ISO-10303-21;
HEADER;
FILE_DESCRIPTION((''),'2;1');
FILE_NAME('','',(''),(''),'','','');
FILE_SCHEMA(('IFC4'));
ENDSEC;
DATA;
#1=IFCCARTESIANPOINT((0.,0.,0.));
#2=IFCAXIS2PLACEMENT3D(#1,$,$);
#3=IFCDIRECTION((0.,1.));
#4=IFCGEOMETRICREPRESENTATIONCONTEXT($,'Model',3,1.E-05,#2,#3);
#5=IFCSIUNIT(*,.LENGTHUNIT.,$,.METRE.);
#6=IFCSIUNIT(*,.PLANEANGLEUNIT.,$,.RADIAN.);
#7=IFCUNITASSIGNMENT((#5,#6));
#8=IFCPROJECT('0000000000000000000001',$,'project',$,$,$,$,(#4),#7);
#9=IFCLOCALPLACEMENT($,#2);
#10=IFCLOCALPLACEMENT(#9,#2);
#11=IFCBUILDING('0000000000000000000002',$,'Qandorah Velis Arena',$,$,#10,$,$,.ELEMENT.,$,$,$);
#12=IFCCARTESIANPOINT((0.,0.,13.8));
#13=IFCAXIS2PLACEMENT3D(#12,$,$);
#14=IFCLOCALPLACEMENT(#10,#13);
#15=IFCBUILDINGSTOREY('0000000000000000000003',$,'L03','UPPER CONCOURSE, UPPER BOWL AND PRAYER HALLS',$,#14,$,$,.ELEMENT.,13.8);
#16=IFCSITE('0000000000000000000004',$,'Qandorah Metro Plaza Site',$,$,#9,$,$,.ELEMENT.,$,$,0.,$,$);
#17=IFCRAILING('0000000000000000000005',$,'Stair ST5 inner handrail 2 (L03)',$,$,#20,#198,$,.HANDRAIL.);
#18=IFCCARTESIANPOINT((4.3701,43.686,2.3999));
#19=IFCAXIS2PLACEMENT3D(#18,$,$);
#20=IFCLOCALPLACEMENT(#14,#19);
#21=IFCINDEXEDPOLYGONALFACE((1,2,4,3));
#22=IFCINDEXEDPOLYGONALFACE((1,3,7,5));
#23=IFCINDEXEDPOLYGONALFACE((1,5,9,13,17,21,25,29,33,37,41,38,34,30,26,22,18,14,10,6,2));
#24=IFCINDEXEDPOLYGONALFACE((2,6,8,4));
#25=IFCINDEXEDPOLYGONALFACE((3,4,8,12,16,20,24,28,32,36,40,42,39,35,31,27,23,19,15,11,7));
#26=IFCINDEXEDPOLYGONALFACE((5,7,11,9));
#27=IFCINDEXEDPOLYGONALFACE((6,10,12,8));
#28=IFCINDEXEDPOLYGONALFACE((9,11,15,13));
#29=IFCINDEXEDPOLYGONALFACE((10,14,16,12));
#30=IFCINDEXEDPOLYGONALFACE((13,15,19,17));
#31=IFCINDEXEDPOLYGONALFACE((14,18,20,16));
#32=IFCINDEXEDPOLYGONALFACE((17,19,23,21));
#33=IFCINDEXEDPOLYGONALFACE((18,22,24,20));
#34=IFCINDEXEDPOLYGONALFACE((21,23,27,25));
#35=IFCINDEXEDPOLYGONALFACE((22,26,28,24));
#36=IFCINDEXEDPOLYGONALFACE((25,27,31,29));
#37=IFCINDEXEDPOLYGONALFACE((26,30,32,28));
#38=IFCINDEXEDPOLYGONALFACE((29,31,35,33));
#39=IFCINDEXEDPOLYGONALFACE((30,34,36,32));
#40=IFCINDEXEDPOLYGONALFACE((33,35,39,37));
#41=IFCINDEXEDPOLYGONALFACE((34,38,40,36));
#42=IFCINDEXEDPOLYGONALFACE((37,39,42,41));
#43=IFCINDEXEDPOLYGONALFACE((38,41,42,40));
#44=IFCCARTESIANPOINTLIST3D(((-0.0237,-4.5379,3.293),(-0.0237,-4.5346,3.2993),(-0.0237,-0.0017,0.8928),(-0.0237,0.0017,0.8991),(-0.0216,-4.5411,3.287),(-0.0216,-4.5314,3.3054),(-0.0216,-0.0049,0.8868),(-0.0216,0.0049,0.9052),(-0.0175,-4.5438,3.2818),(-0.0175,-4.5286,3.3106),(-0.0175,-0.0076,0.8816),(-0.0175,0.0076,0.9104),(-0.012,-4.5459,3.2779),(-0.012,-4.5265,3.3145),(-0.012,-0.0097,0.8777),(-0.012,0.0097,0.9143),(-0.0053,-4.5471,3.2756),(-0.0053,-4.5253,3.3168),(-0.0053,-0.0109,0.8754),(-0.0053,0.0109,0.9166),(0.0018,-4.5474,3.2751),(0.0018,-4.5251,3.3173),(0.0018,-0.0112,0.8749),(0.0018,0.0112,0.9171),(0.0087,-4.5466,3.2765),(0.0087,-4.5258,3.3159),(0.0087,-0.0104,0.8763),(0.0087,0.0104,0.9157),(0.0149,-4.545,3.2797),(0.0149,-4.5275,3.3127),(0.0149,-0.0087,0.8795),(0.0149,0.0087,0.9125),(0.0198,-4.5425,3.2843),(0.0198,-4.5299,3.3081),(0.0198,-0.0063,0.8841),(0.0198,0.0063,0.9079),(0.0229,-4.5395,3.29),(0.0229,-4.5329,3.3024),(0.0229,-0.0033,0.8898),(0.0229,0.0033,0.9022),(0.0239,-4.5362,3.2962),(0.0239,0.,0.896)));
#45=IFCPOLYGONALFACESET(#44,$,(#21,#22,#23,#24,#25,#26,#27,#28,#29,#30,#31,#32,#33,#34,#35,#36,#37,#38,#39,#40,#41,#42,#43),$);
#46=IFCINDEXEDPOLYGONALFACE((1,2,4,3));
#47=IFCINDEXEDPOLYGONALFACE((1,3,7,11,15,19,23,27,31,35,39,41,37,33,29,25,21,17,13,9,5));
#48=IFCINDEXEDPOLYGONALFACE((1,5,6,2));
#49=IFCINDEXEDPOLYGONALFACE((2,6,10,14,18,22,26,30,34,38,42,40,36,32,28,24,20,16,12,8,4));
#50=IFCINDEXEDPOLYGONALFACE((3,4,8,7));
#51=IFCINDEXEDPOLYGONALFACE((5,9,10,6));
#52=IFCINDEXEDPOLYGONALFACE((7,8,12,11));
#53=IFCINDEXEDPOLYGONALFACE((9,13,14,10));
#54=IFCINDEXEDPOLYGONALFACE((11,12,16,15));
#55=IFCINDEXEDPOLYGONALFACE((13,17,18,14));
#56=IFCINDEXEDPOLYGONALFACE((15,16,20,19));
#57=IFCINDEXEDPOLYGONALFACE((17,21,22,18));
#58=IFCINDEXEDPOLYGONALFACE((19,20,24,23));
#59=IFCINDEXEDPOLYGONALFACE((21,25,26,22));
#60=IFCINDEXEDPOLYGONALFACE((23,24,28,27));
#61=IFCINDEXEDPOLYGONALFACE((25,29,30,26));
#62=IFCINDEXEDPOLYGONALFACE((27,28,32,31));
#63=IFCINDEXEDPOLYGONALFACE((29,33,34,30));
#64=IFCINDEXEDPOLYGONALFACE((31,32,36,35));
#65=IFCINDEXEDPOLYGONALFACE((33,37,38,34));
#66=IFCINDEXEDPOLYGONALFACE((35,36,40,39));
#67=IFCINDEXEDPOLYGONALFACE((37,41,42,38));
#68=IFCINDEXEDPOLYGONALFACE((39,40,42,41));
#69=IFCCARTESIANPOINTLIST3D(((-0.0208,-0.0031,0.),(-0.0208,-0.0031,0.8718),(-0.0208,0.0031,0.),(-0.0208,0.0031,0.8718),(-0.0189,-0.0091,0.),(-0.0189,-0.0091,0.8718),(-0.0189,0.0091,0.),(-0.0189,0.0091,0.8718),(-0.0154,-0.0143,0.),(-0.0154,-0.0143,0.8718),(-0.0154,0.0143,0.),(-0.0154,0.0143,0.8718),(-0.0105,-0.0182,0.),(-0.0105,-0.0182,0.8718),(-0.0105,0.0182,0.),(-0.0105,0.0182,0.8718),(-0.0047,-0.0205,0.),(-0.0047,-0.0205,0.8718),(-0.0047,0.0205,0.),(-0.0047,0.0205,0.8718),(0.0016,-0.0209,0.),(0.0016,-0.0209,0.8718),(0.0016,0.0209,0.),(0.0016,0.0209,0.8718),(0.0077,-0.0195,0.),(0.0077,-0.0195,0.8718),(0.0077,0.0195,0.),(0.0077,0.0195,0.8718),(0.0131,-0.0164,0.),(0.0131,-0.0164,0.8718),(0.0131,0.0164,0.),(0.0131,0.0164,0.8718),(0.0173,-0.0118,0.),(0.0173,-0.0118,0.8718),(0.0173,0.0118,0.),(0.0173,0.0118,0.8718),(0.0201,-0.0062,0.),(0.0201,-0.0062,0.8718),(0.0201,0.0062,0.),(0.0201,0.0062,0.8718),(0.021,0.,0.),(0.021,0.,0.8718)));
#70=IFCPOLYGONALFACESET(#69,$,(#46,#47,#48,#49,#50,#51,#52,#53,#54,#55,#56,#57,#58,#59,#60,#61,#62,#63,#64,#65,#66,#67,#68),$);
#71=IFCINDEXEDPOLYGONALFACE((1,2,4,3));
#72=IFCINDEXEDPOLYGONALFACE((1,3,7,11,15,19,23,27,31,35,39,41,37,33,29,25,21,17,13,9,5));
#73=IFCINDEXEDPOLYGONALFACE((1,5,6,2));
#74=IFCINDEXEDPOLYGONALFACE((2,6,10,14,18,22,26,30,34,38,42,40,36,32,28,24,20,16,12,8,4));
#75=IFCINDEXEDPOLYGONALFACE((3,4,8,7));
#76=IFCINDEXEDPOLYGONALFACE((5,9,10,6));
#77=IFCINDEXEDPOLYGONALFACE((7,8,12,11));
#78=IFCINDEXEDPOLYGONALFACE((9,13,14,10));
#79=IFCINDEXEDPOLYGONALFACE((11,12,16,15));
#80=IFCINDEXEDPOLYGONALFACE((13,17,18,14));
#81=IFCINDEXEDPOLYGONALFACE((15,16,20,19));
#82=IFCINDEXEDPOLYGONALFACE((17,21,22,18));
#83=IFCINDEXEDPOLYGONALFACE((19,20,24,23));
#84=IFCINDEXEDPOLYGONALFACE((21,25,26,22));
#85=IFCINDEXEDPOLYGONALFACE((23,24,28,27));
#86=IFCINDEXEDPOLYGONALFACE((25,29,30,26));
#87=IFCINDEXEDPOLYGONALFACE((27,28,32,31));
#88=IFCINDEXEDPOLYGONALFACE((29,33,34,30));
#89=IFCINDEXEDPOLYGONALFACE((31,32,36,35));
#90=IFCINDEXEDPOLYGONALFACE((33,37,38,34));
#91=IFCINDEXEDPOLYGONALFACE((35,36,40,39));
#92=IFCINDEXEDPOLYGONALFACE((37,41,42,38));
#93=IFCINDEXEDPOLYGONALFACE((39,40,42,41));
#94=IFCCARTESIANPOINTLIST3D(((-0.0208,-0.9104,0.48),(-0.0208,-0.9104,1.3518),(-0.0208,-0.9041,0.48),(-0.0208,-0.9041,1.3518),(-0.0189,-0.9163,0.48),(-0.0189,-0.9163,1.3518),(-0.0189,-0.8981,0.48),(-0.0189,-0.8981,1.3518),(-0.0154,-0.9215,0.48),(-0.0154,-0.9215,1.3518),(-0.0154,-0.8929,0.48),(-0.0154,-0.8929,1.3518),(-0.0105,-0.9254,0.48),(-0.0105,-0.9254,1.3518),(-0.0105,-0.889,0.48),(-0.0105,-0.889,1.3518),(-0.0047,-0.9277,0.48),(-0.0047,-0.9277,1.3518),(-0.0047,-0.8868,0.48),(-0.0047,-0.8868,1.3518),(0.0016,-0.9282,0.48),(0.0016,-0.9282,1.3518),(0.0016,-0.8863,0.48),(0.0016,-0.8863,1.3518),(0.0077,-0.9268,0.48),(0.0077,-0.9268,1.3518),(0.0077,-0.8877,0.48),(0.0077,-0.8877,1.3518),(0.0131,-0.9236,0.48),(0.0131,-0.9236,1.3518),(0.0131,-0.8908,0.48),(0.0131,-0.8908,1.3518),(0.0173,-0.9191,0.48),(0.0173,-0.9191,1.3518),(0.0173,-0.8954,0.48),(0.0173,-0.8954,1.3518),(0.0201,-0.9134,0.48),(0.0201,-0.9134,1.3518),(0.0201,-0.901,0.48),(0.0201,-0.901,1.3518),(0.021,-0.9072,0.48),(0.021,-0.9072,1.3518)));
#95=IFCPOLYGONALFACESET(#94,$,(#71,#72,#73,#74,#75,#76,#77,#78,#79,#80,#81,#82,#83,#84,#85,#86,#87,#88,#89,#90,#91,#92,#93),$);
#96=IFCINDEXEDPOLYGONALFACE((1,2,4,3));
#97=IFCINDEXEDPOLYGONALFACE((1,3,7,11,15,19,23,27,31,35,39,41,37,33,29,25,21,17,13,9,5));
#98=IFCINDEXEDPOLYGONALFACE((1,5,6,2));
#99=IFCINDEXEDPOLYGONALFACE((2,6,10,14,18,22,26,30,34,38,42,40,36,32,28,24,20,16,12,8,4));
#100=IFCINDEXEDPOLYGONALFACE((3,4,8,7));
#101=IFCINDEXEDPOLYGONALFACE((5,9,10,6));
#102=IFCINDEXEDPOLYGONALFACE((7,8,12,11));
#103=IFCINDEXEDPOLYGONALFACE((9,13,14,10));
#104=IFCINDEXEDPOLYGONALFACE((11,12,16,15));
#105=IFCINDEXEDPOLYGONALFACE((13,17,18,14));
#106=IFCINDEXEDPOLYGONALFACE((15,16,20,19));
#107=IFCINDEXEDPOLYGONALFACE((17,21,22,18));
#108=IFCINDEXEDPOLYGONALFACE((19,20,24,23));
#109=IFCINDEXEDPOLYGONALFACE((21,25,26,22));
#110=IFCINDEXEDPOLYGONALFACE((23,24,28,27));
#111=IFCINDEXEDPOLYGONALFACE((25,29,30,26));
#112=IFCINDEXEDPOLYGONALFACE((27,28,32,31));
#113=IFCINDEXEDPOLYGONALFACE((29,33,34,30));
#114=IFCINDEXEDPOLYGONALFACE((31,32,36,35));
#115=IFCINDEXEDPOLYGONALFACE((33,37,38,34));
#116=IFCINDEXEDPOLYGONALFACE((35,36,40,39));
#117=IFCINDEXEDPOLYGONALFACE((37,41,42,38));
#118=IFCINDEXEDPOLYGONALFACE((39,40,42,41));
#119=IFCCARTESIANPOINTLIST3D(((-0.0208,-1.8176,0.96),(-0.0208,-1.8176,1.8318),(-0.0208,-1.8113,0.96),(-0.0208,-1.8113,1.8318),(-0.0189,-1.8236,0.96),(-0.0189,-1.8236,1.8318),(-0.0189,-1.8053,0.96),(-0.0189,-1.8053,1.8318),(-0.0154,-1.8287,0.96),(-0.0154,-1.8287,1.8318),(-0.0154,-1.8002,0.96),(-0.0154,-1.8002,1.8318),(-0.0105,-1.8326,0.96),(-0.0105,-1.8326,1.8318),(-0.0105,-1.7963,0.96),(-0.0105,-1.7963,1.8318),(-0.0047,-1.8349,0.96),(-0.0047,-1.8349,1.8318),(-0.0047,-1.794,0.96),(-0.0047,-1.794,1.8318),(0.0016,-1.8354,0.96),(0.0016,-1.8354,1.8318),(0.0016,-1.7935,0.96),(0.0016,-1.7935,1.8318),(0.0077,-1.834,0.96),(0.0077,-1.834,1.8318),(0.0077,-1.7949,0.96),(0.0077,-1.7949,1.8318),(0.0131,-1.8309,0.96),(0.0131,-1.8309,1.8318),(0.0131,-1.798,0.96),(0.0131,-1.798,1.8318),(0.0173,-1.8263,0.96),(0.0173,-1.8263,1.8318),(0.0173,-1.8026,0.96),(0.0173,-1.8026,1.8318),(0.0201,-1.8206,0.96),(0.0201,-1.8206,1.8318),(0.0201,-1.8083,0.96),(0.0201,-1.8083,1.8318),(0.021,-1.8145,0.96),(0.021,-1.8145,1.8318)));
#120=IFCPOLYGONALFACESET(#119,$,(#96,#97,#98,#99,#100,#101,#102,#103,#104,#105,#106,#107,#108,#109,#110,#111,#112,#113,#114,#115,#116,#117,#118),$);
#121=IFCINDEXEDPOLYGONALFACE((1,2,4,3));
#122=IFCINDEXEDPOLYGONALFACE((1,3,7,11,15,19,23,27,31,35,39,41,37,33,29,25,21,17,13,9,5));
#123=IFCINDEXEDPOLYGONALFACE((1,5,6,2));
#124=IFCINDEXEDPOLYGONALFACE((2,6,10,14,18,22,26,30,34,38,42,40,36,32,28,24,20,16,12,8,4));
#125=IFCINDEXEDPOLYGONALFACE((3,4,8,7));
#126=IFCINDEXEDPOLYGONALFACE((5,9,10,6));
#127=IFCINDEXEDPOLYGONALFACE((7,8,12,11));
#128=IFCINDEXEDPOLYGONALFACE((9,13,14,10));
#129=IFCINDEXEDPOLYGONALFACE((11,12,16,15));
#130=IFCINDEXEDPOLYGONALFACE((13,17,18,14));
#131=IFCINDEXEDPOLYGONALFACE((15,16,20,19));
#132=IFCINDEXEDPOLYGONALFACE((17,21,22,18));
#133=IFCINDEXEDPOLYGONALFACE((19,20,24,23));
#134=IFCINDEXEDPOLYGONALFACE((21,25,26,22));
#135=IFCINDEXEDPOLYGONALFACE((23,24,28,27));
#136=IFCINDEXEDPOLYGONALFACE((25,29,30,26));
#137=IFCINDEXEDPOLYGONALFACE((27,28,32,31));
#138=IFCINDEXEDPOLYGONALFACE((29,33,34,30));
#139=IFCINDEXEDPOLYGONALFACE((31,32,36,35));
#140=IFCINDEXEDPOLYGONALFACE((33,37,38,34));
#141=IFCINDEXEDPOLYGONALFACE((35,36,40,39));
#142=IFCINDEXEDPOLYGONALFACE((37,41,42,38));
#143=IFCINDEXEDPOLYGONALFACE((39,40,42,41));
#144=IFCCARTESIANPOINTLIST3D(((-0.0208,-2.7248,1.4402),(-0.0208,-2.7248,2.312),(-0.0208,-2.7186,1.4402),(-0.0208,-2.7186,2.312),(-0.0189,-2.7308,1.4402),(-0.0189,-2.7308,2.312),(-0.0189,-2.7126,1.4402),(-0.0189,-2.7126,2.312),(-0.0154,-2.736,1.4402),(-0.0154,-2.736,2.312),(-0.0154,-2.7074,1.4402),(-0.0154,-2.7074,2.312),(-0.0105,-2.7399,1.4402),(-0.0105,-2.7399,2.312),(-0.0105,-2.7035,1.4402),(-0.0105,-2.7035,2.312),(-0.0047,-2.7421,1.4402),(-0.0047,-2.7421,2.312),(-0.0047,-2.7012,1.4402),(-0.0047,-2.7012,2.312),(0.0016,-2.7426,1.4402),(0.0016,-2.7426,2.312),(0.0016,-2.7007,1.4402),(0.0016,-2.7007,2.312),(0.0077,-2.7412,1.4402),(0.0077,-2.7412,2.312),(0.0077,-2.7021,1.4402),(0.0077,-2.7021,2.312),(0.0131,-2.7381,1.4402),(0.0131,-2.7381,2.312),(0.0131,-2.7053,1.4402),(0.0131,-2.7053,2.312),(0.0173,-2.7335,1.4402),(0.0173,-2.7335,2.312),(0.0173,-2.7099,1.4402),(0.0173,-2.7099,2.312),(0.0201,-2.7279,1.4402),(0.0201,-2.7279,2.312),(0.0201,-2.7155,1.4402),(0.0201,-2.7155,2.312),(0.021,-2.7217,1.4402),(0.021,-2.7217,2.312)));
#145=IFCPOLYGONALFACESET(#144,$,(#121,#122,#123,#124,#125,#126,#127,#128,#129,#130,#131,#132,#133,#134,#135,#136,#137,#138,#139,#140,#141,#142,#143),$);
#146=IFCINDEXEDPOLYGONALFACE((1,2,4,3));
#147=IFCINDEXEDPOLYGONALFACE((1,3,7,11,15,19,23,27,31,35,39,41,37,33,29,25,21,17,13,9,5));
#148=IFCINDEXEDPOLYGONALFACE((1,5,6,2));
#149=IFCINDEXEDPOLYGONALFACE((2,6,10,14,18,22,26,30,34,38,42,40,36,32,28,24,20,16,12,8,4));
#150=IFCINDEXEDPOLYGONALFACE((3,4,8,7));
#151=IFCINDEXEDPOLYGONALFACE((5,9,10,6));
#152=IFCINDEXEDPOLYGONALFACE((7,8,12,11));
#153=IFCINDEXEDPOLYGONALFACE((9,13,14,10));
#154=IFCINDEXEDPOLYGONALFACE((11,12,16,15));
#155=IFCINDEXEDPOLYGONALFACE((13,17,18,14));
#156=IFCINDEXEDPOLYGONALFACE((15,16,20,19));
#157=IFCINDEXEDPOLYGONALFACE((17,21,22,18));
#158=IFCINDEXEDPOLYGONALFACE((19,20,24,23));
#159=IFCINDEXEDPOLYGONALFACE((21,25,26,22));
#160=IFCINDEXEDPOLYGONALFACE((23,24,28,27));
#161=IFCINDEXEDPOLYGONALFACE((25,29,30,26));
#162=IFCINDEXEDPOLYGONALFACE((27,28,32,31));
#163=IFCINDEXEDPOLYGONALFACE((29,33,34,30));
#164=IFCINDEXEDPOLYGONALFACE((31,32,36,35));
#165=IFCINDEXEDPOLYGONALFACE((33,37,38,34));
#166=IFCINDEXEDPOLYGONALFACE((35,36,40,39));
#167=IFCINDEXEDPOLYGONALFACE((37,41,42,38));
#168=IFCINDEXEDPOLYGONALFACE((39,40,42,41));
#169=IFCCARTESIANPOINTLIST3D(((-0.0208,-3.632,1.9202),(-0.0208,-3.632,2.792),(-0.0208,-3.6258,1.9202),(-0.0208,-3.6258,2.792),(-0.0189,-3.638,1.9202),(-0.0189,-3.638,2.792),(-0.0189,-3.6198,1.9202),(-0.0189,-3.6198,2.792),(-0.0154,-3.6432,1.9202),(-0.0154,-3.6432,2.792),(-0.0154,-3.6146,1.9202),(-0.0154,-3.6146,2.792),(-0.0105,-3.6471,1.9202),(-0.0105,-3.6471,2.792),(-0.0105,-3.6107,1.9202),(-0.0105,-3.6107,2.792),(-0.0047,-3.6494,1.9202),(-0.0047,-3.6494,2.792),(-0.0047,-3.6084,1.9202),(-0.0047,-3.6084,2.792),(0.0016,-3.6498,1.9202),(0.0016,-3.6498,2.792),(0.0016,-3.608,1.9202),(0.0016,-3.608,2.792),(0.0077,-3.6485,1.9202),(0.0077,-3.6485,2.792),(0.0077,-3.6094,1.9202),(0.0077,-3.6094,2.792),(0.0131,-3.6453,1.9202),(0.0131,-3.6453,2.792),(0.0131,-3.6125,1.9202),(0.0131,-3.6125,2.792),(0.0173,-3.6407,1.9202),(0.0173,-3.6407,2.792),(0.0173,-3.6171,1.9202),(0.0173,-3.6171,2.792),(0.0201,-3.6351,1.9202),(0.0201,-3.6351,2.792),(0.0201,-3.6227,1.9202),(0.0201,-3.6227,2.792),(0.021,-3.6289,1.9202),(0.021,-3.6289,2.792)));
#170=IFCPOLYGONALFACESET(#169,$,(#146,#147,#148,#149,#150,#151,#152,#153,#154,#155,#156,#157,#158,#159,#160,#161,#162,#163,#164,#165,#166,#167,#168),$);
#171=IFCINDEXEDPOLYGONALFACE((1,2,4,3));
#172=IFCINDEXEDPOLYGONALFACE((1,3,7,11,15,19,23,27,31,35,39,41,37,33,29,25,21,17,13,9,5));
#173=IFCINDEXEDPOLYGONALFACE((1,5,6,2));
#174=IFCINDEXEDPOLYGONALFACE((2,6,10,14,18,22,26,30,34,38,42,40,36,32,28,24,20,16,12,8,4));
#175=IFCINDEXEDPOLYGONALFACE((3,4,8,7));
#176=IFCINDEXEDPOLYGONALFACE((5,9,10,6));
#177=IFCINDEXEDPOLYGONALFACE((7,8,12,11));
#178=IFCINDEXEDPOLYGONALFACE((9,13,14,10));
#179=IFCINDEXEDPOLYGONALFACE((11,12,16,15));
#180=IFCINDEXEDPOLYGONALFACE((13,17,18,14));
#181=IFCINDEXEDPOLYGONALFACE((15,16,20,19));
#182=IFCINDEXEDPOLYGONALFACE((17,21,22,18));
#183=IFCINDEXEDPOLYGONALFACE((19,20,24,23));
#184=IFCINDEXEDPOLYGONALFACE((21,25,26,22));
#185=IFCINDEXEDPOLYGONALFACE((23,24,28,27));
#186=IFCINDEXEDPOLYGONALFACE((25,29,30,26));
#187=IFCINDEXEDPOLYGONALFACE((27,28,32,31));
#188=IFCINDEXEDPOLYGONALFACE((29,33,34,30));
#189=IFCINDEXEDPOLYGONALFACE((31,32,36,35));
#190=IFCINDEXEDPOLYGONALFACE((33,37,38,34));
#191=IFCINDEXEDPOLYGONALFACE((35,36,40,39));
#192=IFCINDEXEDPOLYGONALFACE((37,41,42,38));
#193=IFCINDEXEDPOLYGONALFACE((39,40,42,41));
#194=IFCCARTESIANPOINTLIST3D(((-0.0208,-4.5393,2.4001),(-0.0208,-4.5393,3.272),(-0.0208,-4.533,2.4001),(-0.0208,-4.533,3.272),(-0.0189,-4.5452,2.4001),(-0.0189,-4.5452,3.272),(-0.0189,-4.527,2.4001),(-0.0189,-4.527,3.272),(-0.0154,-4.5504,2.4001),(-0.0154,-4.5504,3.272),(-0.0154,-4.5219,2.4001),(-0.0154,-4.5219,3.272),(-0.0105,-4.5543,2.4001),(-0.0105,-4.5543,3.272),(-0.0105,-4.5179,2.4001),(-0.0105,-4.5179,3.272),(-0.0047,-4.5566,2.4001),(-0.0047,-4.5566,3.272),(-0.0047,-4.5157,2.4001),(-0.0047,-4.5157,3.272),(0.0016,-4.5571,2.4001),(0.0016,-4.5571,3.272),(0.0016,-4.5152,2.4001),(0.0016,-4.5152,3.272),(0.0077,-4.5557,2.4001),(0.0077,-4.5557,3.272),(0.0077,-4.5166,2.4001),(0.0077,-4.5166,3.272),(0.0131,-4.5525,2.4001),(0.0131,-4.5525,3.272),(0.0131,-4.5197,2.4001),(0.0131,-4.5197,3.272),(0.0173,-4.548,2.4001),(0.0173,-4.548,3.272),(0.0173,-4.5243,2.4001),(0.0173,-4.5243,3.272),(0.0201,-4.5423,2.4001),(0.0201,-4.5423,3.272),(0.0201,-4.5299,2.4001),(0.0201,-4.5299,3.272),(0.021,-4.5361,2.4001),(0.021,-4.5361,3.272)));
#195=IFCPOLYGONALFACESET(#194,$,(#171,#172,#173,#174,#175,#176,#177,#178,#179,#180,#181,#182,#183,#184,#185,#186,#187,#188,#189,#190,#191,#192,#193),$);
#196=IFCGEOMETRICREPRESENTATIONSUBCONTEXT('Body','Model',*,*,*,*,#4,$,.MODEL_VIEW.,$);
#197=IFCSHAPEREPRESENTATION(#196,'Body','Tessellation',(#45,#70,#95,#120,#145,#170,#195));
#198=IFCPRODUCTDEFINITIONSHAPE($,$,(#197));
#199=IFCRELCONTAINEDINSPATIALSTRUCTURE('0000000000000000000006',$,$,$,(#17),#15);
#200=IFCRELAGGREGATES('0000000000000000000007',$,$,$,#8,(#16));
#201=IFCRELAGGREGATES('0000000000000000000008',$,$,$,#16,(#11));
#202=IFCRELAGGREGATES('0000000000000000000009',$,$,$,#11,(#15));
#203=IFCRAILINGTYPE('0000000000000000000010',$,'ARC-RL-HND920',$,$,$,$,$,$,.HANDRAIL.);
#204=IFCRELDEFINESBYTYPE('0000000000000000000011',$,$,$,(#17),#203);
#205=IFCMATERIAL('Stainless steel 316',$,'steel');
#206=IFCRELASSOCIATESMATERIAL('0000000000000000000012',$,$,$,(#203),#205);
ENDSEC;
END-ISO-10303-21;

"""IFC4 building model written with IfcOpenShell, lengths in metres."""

from ifc_helpers import new_model, si_unit, direction, frame, origin, origin_2d, place, context, subcontext, project, spatial, circle, extrude, material, type_object, element, save


model = new_model("IFC4")

# Units and contexts
model_context = context("Model", 3, precision=1e-05, world=origin(), true_north=direction((0.0, 1.0)))
body_context = subcontext(model_context, "Body", "Model", "MODEL_VIEW")
ifc_project = project(units=[si_unit("LENGTHUNIT", "METRE"), si_unit("PLANEANGLEUNIT", "RADIAN")], contexts=[model_context])

# Site, building, storey
site_placement = place(None, origin())
site = spatial("IfcSite", under=ifc_project, at=site_placement, Name="Qandorah Metro Plaza Site", CompositionType="ELEMENT", RefElevation=0.0)
building_placement = place(site_placement, origin())
building = spatial("IfcBuilding", under=site, at=building_placement, Name="Qandorah Velis Arena", CompositionType="ELEMENT")
storey_placement = place(building_placement, frame((0.0, 0.0, 13.8)))
storey = spatial("IfcBuildingStorey", under=building, at=storey_placement, Name="L03", Description="UPPER CONCOURSE, UPPER BOWL AND PRAYER HALLS", CompositionType="ELEMENT", Elevation=13.8)

# Railing
ifc_material_1 = material(Name="Stainless steel 316", Category="steel")
railing_type_1 = type_object("IfcRailingType", Name="ARC-RL-HND920", PredefinedType="HANDRAIL", material=ifc_material_1)
railing_1_placement = place(storey_placement, frame((4.3701, 43.686, 2.3999)))
element("IfcRailing", 1, at=railing_1_placement, inside=storey, type_object=railing_type_1, Name="Stair ST5 inner handrail 2 (L03)", PredefinedType="HANDRAIL", context=body_context, shape_type="SweptSolid", body=[
    extrude(circle(Radius=0.0239, at=origin_2d()), frame((0.0, 0.0, 0.896), z_axis=(0.0, -0.883896, 0.467684), x_axis=(1.0, 0.0, 0.0)), (0.0, 0.0, 1.0), 5.1321),
    extrude(circle(Radius=0.021, at=origin_2d()), origin(), (0.0, 0.0, 1.0), 0.8718),
    extrude(circle(Radius=0.021, at=origin_2d()), frame((0.0, -0.9072, 0.48)), (0.0, 0.0, 1.0), 0.8718),
    extrude(circle(Radius=0.021, at=origin_2d()), frame((0.0, -1.8145, 0.96)), (0.0, 0.0, 1.0), 0.8718),
    extrude(circle(Radius=0.021, at=origin_2d()), frame((0.0, -2.7217, 1.4402)), (0.0, 0.0, 1.0), 0.8718),
    extrude(circle(Radius=0.021, at=origin_2d()), frame((0.0, -3.6289, 1.9202)), (0.0, 0.0, 1.0), 0.8718),
    extrude(circle(Radius=0.021, at=origin_2d()), frame((0.0, -4.5361, 2.4001)), (0.0, 0.0, 1.0), 0.8718),
])

save(model, "model.ifc")
